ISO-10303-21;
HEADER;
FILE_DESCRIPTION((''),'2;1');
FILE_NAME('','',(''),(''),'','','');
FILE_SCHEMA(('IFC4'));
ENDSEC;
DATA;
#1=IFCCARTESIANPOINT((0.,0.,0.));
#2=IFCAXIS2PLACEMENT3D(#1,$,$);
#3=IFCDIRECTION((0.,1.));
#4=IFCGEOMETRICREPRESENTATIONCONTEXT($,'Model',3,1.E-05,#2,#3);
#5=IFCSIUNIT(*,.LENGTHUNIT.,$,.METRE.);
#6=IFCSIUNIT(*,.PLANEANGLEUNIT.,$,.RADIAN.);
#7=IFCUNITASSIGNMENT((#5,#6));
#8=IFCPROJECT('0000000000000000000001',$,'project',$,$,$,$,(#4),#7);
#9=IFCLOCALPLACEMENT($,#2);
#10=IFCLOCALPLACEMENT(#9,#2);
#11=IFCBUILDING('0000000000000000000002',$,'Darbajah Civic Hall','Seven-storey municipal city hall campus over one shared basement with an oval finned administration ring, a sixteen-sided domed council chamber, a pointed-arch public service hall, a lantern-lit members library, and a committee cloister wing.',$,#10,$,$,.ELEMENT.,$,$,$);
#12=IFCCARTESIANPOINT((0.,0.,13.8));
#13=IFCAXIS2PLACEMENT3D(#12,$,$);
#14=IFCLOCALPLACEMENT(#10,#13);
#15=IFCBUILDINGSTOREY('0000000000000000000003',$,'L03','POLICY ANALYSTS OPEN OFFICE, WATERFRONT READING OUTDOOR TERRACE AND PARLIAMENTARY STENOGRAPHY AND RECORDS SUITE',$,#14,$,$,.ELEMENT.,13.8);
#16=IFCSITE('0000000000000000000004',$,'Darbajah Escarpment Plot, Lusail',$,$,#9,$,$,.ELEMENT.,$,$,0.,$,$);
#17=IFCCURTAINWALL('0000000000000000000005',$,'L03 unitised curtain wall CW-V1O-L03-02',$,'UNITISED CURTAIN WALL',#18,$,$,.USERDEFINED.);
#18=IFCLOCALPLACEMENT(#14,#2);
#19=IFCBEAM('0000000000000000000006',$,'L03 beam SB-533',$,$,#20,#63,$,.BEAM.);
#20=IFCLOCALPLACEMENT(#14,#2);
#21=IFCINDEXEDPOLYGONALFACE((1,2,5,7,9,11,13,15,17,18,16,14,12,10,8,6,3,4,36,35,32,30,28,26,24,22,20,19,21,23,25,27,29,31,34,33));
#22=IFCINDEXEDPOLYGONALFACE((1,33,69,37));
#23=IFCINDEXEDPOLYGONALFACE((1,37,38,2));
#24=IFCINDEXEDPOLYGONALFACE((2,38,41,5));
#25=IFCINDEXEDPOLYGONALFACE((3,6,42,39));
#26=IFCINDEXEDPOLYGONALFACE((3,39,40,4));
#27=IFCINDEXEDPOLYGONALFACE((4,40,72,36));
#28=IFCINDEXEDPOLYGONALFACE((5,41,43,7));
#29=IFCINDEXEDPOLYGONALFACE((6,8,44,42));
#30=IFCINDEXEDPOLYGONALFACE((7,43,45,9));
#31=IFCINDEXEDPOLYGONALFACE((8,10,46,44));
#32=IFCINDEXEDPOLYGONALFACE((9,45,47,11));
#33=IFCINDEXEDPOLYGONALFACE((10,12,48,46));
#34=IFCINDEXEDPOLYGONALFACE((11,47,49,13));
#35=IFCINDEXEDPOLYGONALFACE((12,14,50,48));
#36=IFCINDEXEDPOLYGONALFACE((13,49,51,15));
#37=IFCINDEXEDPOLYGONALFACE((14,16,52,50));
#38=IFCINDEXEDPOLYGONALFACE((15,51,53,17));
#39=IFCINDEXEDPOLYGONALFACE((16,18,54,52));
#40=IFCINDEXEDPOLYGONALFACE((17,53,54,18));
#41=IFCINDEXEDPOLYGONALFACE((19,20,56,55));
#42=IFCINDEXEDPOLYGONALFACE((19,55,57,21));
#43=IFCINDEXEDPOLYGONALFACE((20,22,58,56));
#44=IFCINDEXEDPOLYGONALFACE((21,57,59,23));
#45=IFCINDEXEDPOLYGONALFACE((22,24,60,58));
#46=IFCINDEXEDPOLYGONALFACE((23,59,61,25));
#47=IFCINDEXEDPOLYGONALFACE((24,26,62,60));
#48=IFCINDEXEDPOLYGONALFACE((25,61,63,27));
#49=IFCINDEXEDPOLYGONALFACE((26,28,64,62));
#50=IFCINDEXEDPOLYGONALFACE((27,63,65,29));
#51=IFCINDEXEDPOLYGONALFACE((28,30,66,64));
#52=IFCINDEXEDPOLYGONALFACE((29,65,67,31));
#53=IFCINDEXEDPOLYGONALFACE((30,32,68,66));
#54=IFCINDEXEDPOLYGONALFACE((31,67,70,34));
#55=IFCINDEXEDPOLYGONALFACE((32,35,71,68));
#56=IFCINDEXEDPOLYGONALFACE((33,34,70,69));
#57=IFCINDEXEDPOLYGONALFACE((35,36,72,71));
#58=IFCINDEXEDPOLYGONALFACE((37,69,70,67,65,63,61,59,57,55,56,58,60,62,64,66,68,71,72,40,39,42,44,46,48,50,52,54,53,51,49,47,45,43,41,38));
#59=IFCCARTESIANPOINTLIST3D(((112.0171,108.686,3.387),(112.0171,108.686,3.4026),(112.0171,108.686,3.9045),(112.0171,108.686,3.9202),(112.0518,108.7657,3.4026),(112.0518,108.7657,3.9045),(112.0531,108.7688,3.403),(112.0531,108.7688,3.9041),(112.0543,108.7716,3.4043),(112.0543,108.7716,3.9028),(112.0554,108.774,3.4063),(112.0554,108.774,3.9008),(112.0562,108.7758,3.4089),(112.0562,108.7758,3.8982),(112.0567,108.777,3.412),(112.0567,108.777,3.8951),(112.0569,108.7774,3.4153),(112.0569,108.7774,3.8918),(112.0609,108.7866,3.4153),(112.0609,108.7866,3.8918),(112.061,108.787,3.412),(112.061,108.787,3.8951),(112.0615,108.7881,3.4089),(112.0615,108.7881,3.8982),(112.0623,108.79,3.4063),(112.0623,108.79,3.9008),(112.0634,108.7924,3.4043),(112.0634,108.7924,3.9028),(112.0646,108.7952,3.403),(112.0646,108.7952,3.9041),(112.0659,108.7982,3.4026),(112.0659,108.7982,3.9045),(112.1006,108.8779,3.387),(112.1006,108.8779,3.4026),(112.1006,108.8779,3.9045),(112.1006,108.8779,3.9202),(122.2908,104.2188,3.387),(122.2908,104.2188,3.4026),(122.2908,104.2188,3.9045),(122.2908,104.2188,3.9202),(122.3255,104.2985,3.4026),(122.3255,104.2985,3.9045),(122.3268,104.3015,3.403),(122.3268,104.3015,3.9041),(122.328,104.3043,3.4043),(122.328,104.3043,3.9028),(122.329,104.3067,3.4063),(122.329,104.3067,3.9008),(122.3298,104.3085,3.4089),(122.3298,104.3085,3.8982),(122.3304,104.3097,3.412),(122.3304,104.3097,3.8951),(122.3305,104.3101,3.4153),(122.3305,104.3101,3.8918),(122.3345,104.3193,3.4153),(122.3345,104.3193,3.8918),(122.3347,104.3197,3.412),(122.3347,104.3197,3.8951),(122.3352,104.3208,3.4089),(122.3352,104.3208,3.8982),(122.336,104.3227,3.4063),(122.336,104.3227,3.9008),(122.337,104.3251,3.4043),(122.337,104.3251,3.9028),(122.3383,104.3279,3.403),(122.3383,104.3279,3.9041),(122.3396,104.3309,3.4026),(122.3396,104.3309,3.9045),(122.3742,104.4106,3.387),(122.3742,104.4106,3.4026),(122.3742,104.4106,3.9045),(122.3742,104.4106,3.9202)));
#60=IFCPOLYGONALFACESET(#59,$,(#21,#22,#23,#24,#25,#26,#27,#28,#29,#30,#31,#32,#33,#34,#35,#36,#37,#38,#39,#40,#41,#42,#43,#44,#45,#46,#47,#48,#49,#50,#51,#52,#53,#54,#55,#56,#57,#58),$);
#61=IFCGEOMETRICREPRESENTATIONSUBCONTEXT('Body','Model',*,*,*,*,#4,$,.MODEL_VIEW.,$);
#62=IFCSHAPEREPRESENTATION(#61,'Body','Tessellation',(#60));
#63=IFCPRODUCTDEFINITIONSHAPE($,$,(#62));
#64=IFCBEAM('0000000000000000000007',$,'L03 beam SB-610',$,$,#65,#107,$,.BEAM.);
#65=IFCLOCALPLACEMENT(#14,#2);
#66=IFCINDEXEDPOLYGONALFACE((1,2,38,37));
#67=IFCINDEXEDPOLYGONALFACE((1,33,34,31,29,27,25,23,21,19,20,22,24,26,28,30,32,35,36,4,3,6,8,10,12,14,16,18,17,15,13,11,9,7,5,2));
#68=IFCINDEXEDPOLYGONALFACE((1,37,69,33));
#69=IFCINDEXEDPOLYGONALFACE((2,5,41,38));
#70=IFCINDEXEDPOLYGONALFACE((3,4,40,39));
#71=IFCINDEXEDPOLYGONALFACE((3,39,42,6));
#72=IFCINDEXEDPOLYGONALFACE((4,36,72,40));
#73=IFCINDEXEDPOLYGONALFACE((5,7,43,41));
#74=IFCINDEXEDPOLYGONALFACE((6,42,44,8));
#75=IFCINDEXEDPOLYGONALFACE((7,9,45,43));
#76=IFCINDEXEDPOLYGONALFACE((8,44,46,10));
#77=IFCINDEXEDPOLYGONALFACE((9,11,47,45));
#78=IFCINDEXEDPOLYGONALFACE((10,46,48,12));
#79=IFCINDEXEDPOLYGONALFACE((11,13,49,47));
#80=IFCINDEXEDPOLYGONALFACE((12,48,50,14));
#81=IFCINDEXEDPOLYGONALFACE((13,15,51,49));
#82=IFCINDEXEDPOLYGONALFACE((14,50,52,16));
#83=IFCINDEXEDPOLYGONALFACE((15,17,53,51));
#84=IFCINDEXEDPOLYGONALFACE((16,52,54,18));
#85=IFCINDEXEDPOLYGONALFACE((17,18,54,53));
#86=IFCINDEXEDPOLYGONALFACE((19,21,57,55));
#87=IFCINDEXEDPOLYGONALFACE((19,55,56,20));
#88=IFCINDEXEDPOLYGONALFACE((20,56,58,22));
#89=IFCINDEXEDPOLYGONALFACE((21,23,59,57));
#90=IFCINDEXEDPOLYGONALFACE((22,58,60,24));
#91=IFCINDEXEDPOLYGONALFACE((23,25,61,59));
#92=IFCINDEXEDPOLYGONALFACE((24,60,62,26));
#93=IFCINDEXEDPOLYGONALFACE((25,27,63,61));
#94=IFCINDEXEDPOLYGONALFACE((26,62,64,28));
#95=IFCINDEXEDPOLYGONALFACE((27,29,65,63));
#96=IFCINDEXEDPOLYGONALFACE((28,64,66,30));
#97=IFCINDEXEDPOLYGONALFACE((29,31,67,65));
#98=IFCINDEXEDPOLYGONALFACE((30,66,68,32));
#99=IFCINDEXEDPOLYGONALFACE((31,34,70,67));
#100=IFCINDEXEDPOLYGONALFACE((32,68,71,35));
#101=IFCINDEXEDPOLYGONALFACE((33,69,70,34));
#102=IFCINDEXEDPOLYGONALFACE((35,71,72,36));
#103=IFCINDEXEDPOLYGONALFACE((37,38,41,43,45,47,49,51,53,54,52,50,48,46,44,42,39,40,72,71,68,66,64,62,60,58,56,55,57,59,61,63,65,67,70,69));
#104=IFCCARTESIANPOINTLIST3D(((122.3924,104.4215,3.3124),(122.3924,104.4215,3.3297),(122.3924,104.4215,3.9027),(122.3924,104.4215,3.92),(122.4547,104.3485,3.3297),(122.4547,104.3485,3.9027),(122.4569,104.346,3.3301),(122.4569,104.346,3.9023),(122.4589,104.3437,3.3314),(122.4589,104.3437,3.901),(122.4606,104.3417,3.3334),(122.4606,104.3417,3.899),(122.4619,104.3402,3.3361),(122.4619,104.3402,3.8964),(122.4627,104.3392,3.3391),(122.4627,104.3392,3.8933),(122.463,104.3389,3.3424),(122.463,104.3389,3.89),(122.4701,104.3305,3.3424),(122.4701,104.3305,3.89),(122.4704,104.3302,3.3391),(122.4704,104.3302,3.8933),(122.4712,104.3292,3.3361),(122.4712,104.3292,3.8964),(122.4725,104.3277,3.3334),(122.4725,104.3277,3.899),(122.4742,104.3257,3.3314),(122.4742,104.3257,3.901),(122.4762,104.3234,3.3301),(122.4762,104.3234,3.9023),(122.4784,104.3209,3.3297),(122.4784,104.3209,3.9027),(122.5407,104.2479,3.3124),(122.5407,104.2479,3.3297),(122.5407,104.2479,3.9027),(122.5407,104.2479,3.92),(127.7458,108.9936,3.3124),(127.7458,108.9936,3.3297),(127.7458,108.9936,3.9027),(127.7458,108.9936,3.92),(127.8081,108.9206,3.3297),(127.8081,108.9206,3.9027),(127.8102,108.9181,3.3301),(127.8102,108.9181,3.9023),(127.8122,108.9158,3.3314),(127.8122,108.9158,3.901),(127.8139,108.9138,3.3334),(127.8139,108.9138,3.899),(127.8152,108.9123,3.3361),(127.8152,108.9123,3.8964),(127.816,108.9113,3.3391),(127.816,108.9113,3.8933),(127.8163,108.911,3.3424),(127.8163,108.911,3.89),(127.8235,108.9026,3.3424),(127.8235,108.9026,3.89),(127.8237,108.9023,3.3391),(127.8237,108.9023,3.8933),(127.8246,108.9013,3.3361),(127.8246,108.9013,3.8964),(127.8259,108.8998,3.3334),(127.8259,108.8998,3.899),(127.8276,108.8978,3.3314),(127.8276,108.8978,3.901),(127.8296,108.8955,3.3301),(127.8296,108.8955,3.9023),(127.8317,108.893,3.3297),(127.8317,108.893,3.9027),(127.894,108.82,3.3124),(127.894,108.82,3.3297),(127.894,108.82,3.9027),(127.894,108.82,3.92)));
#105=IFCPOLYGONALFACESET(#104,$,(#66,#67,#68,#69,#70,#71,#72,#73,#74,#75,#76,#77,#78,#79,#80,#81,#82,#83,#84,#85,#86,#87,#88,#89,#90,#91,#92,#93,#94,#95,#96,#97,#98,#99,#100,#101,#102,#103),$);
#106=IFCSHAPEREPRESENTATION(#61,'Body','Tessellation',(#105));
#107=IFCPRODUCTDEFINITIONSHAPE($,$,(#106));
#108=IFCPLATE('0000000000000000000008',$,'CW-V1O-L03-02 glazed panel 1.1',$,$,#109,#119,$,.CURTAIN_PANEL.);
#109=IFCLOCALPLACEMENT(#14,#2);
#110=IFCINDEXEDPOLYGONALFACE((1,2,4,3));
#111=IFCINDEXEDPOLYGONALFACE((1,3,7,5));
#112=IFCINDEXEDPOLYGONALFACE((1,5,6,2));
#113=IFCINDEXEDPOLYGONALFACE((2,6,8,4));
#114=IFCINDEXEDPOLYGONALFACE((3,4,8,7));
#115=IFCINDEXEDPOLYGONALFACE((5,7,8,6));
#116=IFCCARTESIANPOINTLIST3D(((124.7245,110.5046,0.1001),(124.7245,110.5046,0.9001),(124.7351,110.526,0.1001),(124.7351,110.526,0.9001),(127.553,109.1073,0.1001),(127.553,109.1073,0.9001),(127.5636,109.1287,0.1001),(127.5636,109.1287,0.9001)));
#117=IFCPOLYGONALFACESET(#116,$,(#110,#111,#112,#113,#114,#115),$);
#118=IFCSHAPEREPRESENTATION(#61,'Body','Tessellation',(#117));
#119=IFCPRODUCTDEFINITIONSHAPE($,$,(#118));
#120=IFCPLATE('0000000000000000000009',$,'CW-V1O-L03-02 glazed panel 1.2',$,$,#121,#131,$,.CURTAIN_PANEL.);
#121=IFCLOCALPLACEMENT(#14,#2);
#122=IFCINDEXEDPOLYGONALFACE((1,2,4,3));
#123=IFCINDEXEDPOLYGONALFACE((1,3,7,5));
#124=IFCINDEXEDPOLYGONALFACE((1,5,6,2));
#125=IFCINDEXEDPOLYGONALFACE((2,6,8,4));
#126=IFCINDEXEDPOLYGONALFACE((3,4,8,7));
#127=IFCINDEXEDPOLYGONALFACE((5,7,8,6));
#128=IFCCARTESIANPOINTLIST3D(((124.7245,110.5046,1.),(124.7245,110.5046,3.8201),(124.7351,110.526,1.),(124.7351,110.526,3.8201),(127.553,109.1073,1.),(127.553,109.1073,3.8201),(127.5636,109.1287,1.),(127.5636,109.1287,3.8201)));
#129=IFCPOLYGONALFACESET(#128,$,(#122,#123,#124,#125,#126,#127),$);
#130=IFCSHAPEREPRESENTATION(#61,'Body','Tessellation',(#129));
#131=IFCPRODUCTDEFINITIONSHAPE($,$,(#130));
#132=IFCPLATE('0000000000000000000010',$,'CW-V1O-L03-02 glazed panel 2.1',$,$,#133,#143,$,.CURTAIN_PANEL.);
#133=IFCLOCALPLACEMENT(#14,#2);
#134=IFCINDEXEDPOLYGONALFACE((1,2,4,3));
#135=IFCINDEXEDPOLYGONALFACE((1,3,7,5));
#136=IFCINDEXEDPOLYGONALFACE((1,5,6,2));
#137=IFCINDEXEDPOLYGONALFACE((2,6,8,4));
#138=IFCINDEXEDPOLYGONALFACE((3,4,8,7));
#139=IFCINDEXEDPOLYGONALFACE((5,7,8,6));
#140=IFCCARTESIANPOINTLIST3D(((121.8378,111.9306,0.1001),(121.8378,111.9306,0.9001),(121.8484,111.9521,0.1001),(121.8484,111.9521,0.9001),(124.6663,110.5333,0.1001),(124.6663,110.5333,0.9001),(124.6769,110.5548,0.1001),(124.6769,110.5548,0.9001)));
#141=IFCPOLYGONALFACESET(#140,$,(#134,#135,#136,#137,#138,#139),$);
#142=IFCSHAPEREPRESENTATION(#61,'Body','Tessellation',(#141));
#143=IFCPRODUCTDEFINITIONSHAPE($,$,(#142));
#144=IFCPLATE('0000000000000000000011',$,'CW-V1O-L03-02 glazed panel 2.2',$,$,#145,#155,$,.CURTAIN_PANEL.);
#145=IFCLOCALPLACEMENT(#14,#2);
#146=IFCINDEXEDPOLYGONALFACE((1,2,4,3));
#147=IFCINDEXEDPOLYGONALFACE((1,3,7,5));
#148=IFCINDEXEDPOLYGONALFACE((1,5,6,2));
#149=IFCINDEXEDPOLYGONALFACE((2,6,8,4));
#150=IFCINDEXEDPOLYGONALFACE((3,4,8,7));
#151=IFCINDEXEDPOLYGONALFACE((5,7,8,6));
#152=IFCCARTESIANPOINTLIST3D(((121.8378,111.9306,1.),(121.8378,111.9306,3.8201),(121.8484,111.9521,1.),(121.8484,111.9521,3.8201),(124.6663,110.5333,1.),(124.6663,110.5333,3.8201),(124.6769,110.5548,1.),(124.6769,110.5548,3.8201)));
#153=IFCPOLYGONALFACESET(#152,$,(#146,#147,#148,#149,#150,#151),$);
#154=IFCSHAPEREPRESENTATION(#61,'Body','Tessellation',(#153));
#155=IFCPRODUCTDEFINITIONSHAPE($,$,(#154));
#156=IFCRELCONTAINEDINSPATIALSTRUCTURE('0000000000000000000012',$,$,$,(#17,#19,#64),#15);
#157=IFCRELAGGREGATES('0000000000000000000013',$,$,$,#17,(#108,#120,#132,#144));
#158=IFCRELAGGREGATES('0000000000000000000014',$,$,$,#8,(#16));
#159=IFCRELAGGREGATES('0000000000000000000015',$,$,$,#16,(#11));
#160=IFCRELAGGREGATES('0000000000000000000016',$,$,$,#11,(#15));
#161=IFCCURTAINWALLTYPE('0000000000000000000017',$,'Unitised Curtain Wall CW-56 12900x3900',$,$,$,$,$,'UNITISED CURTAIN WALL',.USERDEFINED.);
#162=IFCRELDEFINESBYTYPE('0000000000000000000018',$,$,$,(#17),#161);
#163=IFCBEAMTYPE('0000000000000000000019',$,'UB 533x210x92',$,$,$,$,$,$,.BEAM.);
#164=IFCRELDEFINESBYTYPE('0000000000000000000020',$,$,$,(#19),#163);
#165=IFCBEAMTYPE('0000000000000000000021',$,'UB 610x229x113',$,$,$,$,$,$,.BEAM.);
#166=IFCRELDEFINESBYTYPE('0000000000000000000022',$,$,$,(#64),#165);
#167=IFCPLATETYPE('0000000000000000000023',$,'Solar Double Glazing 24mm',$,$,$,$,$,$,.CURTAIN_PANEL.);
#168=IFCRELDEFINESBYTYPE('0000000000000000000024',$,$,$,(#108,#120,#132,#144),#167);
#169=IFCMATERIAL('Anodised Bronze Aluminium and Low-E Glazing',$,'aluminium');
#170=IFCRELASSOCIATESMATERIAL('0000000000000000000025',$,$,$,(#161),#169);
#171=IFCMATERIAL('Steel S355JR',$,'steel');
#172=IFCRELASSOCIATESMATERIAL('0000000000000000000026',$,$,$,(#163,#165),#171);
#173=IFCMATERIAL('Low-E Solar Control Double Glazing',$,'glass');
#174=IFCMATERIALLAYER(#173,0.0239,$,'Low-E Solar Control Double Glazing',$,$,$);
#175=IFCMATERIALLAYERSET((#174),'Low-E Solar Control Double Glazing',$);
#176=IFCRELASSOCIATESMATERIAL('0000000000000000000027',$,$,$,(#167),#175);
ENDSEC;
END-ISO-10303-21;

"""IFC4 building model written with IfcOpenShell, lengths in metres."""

from ifc_helpers import new_model, si_unit, direction, frame, origin, origin_2d, place, context, subcontext, project, spatial, rectangle, i_section, extrude, material, layer, layer_set, material_profile, profile_set, type_object, element, aggregate, save


model = new_model("IFC4")

# Units and contexts
model_context = context("Model", 3, precision=1e-05, world=origin(), true_north=direction((0.0, 1.0)))
body_context = subcontext(model_context, "Body", "Model", "MODEL_VIEW")
ifc_project = project(units=[si_unit("LENGTHUNIT", "METRE"), si_unit("PLANEANGLEUNIT", "RADIAN")], contexts=[model_context])

# Site, building, storey
site_placement = place(None, origin())
site = spatial("IfcSite", under=ifc_project, at=site_placement, Name="Darbajah Escarpment Plot, Lusail", CompositionType="ELEMENT", RefElevation=0.0)
building_placement = place(site_placement, origin())
building = spatial("IfcBuilding", under=site, at=building_placement, Name="Darbajah Civic Hall", Description="Seven-storey municipal city hall campus over one shared basement with an oval finned administration ring, a sixteen-sided domed council chamber, a pointed-arch public service hall, a lantern-lit members library, and a committee cloister wing.", CompositionType="ELEMENT")
storey_placement = place(building_placement, frame((0.0, 0.0, 13.8)))
storey = spatial("IfcBuildingStorey", under=building, at=storey_placement, Name="L03", Description="POLICY ANALYSTS OPEN OFFICE, WATERFRONT READING OUTDOOR TERRACE AND PARLIAMENTARY STENOGRAPHY AND RECORDS SUITE", CompositionType="ELEMENT", Elevation=13.8)

# Curtain wall
ifc_material_1 = material(Name="Anodised Bronze Aluminium and Low-E Glazing", Category="aluminium")
curtain_wall_type = type_object("IfcCurtainWallType", Name="Unitised Curtain Wall CW-56 12900x3900", ElementType="UNITISED CURTAIN WALL", PredefinedType="USERDEFINED", material=ifc_material_1)
curtain_wall_placement = place(storey_placement, origin())
curtain_wall = element("IfcCurtainWall", 1, at=curtain_wall_placement, inside=storey, type_object=curtain_wall_type, Name="L03 unitised curtain wall CW-V1O-L03-02", ObjectType="UNITISED CURTAIN WALL", PredefinedType="USERDEFINED")

# Beams
ifc_material_2 = material(Name="Steel S355JR", Category="steel")
ifc_material_profile_1 = material_profile(ifc_material_2, i_section(OverallWidth=0.2092, OverallDepth=0.5332, WebThickness=0.01, FlangeThickness=0.0156, FilletRadius=0.0127, at=origin_2d()), Name="UB 533x210x92")
ifc_profile_set_1 = profile_set([ifc_material_profile_1], Name="Steel S355JR")
beam_type_1 = type_object("IfcBeamType", Name="UB 533x210x92", PredefinedType="BEAM", material=ifc_profile_set_1)
beam_1_placement = place(storey_placement, frame((122.3325, 104.3147, 3.6536), z_axis=(-0.917055, 0.398761, 0.0), x_axis=(-0.398761, -0.917055, 0.0)))
element("IfcBeam", 2, at=beam_1_placement, inside=storey, type_object=beam_type_1, Name="L03 beam SB-533", PredefinedType="BEAM", context=body_context, shape_type="SweptSolid", body=[
    extrude(i_section(OverallWidth=0.2092, OverallDepth=0.5332, WebThickness=0.01, FlangeThickness=0.0156, FilletRadius=0.0127, at=origin_2d()), origin(), (0.0, 0.0, 1.0), 11.2029),
])
ifc_material_profile_2 = material_profile(ifc_material_2, i_section(OverallWidth=0.2283, OverallDepth=0.6077, WebThickness=0.011, FlangeThickness=0.0173, FilletRadius=0.0127, at=origin_2d()), Name="UB 610x229x113")
ifc_profile_set_2 = profile_set([ifc_material_profile_2], Name="Steel S355JR")
beam_type_2 = type_object("IfcBeamType", Name="UB 610x229x113", PredefinedType="BEAM", material=ifc_profile_set_2)
beam_2_placement = place(storey_placement, frame((122.4666, 104.3347, 3.6162), z_axis=(0.760413, 0.649439, 0.0), x_axis=(-0.649439, 0.760413, 0.0)))
element("IfcBeam", 3, at=beam_2_placement, inside=storey, type_object=beam_type_2, Name="L03 beam SB-610", PredefinedType="BEAM", context=body_context, shape_type="SweptSolid", body=[
    extrude(i_section(OverallWidth=0.2283, OverallDepth=0.6077, WebThickness=0.011, FlangeThickness=0.0173, FilletRadius=0.0127, at=origin_2d()), origin(), (0.0, 0.0, 1.0), 7.04),
])

# Plates
ifc_material_3 = material(Name="Low-E Solar Control Double Glazing", Category="glass")
ifc_layer_1 = layer(ifc_material_3, 0.0239, Name="Low-E Solar Control Double Glazing")
ifc_layer_set_1 = layer_set([ifc_layer_1], Name="Low-E Solar Control Double Glazing")
plate_type = type_object("IfcPlateType", Name="Solar Double Glazing 24mm", PredefinedType="CURTAIN_PANEL", material=ifc_layer_set_1)
plate_1_placement = place(storey_placement, frame((126.144, 109.8167, 0.1001), z_axis=(0.0, 0.0, 1.0), x_axis=(-0.896564, 0.442915, 0.0)))
plate_1 = element("IfcPlate", 4, at=plate_1_placement, type_object=plate_type, Name="CW-V1O-L03-02 glazed panel 1.1", PredefinedType="CURTAIN_PANEL", context=body_context, shape_type="SweptSolid", body=[
    extrude(rectangle(XDim=3.1548, YDim=0.0239, at=origin_2d()), origin(), (0.0, 0.0, 1.0), 0.8),
])
plate_2_placement = place(storey_placement, frame((126.144, 109.8167, 1.0), z_axis=(0.0, 0.0, 1.0), x_axis=(-0.896564, 0.442915, 0.0)))
plate_2 = element("IfcPlate", 5, at=plate_2_placement, type_object=plate_type, Name="CW-V1O-L03-02 glazed panel 1.2", PredefinedType="CURTAIN_PANEL", context=body_context, shape_type="SweptSolid", body=[
    extrude(rectangle(XDim=3.1548, YDim=0.0239, at=origin_2d()), origin(), (0.0, 0.0, 1.0), 2.8201),
])
plate_3_placement = place(storey_placement, frame((123.2573, 111.2427, 0.1001), z_axis=(0.0, 0.0, 1.0), x_axis=(-0.896564, 0.442915, 0.0)))
plate_3 = element("IfcPlate", 6, at=plate_3_placement, type_object=plate_type, Name="CW-V1O-L03-02 glazed panel 2.1", PredefinedType="CURTAIN_PANEL", context=body_context, shape_type="SweptSolid", body=[
    extrude(rectangle(XDim=3.1548, YDim=0.0239, at=origin_2d()), origin(), (0.0, 0.0, 1.0), 0.8),
])
plate_4_placement = place(storey_placement, frame((123.2573, 111.2427, 1.0), z_axis=(0.0, 0.0, 1.0), x_axis=(-0.896564, 0.442915, 0.0)))
plate_4 = element("IfcPlate", 7, at=plate_4_placement, type_object=plate_type, Name="CW-V1O-L03-02 glazed panel 2.2", PredefinedType="CURTAIN_PANEL", context=body_context, shape_type="SweptSolid", body=[
    extrude(rectangle(XDim=3.1548, YDim=0.0239, at=origin_2d()), origin(), (0.0, 0.0, 1.0), 2.8201),
])
aggregate(curtain_wall, [plate_1, plate_2, plate_3, plate_4])

save(model, "model.ifc")
